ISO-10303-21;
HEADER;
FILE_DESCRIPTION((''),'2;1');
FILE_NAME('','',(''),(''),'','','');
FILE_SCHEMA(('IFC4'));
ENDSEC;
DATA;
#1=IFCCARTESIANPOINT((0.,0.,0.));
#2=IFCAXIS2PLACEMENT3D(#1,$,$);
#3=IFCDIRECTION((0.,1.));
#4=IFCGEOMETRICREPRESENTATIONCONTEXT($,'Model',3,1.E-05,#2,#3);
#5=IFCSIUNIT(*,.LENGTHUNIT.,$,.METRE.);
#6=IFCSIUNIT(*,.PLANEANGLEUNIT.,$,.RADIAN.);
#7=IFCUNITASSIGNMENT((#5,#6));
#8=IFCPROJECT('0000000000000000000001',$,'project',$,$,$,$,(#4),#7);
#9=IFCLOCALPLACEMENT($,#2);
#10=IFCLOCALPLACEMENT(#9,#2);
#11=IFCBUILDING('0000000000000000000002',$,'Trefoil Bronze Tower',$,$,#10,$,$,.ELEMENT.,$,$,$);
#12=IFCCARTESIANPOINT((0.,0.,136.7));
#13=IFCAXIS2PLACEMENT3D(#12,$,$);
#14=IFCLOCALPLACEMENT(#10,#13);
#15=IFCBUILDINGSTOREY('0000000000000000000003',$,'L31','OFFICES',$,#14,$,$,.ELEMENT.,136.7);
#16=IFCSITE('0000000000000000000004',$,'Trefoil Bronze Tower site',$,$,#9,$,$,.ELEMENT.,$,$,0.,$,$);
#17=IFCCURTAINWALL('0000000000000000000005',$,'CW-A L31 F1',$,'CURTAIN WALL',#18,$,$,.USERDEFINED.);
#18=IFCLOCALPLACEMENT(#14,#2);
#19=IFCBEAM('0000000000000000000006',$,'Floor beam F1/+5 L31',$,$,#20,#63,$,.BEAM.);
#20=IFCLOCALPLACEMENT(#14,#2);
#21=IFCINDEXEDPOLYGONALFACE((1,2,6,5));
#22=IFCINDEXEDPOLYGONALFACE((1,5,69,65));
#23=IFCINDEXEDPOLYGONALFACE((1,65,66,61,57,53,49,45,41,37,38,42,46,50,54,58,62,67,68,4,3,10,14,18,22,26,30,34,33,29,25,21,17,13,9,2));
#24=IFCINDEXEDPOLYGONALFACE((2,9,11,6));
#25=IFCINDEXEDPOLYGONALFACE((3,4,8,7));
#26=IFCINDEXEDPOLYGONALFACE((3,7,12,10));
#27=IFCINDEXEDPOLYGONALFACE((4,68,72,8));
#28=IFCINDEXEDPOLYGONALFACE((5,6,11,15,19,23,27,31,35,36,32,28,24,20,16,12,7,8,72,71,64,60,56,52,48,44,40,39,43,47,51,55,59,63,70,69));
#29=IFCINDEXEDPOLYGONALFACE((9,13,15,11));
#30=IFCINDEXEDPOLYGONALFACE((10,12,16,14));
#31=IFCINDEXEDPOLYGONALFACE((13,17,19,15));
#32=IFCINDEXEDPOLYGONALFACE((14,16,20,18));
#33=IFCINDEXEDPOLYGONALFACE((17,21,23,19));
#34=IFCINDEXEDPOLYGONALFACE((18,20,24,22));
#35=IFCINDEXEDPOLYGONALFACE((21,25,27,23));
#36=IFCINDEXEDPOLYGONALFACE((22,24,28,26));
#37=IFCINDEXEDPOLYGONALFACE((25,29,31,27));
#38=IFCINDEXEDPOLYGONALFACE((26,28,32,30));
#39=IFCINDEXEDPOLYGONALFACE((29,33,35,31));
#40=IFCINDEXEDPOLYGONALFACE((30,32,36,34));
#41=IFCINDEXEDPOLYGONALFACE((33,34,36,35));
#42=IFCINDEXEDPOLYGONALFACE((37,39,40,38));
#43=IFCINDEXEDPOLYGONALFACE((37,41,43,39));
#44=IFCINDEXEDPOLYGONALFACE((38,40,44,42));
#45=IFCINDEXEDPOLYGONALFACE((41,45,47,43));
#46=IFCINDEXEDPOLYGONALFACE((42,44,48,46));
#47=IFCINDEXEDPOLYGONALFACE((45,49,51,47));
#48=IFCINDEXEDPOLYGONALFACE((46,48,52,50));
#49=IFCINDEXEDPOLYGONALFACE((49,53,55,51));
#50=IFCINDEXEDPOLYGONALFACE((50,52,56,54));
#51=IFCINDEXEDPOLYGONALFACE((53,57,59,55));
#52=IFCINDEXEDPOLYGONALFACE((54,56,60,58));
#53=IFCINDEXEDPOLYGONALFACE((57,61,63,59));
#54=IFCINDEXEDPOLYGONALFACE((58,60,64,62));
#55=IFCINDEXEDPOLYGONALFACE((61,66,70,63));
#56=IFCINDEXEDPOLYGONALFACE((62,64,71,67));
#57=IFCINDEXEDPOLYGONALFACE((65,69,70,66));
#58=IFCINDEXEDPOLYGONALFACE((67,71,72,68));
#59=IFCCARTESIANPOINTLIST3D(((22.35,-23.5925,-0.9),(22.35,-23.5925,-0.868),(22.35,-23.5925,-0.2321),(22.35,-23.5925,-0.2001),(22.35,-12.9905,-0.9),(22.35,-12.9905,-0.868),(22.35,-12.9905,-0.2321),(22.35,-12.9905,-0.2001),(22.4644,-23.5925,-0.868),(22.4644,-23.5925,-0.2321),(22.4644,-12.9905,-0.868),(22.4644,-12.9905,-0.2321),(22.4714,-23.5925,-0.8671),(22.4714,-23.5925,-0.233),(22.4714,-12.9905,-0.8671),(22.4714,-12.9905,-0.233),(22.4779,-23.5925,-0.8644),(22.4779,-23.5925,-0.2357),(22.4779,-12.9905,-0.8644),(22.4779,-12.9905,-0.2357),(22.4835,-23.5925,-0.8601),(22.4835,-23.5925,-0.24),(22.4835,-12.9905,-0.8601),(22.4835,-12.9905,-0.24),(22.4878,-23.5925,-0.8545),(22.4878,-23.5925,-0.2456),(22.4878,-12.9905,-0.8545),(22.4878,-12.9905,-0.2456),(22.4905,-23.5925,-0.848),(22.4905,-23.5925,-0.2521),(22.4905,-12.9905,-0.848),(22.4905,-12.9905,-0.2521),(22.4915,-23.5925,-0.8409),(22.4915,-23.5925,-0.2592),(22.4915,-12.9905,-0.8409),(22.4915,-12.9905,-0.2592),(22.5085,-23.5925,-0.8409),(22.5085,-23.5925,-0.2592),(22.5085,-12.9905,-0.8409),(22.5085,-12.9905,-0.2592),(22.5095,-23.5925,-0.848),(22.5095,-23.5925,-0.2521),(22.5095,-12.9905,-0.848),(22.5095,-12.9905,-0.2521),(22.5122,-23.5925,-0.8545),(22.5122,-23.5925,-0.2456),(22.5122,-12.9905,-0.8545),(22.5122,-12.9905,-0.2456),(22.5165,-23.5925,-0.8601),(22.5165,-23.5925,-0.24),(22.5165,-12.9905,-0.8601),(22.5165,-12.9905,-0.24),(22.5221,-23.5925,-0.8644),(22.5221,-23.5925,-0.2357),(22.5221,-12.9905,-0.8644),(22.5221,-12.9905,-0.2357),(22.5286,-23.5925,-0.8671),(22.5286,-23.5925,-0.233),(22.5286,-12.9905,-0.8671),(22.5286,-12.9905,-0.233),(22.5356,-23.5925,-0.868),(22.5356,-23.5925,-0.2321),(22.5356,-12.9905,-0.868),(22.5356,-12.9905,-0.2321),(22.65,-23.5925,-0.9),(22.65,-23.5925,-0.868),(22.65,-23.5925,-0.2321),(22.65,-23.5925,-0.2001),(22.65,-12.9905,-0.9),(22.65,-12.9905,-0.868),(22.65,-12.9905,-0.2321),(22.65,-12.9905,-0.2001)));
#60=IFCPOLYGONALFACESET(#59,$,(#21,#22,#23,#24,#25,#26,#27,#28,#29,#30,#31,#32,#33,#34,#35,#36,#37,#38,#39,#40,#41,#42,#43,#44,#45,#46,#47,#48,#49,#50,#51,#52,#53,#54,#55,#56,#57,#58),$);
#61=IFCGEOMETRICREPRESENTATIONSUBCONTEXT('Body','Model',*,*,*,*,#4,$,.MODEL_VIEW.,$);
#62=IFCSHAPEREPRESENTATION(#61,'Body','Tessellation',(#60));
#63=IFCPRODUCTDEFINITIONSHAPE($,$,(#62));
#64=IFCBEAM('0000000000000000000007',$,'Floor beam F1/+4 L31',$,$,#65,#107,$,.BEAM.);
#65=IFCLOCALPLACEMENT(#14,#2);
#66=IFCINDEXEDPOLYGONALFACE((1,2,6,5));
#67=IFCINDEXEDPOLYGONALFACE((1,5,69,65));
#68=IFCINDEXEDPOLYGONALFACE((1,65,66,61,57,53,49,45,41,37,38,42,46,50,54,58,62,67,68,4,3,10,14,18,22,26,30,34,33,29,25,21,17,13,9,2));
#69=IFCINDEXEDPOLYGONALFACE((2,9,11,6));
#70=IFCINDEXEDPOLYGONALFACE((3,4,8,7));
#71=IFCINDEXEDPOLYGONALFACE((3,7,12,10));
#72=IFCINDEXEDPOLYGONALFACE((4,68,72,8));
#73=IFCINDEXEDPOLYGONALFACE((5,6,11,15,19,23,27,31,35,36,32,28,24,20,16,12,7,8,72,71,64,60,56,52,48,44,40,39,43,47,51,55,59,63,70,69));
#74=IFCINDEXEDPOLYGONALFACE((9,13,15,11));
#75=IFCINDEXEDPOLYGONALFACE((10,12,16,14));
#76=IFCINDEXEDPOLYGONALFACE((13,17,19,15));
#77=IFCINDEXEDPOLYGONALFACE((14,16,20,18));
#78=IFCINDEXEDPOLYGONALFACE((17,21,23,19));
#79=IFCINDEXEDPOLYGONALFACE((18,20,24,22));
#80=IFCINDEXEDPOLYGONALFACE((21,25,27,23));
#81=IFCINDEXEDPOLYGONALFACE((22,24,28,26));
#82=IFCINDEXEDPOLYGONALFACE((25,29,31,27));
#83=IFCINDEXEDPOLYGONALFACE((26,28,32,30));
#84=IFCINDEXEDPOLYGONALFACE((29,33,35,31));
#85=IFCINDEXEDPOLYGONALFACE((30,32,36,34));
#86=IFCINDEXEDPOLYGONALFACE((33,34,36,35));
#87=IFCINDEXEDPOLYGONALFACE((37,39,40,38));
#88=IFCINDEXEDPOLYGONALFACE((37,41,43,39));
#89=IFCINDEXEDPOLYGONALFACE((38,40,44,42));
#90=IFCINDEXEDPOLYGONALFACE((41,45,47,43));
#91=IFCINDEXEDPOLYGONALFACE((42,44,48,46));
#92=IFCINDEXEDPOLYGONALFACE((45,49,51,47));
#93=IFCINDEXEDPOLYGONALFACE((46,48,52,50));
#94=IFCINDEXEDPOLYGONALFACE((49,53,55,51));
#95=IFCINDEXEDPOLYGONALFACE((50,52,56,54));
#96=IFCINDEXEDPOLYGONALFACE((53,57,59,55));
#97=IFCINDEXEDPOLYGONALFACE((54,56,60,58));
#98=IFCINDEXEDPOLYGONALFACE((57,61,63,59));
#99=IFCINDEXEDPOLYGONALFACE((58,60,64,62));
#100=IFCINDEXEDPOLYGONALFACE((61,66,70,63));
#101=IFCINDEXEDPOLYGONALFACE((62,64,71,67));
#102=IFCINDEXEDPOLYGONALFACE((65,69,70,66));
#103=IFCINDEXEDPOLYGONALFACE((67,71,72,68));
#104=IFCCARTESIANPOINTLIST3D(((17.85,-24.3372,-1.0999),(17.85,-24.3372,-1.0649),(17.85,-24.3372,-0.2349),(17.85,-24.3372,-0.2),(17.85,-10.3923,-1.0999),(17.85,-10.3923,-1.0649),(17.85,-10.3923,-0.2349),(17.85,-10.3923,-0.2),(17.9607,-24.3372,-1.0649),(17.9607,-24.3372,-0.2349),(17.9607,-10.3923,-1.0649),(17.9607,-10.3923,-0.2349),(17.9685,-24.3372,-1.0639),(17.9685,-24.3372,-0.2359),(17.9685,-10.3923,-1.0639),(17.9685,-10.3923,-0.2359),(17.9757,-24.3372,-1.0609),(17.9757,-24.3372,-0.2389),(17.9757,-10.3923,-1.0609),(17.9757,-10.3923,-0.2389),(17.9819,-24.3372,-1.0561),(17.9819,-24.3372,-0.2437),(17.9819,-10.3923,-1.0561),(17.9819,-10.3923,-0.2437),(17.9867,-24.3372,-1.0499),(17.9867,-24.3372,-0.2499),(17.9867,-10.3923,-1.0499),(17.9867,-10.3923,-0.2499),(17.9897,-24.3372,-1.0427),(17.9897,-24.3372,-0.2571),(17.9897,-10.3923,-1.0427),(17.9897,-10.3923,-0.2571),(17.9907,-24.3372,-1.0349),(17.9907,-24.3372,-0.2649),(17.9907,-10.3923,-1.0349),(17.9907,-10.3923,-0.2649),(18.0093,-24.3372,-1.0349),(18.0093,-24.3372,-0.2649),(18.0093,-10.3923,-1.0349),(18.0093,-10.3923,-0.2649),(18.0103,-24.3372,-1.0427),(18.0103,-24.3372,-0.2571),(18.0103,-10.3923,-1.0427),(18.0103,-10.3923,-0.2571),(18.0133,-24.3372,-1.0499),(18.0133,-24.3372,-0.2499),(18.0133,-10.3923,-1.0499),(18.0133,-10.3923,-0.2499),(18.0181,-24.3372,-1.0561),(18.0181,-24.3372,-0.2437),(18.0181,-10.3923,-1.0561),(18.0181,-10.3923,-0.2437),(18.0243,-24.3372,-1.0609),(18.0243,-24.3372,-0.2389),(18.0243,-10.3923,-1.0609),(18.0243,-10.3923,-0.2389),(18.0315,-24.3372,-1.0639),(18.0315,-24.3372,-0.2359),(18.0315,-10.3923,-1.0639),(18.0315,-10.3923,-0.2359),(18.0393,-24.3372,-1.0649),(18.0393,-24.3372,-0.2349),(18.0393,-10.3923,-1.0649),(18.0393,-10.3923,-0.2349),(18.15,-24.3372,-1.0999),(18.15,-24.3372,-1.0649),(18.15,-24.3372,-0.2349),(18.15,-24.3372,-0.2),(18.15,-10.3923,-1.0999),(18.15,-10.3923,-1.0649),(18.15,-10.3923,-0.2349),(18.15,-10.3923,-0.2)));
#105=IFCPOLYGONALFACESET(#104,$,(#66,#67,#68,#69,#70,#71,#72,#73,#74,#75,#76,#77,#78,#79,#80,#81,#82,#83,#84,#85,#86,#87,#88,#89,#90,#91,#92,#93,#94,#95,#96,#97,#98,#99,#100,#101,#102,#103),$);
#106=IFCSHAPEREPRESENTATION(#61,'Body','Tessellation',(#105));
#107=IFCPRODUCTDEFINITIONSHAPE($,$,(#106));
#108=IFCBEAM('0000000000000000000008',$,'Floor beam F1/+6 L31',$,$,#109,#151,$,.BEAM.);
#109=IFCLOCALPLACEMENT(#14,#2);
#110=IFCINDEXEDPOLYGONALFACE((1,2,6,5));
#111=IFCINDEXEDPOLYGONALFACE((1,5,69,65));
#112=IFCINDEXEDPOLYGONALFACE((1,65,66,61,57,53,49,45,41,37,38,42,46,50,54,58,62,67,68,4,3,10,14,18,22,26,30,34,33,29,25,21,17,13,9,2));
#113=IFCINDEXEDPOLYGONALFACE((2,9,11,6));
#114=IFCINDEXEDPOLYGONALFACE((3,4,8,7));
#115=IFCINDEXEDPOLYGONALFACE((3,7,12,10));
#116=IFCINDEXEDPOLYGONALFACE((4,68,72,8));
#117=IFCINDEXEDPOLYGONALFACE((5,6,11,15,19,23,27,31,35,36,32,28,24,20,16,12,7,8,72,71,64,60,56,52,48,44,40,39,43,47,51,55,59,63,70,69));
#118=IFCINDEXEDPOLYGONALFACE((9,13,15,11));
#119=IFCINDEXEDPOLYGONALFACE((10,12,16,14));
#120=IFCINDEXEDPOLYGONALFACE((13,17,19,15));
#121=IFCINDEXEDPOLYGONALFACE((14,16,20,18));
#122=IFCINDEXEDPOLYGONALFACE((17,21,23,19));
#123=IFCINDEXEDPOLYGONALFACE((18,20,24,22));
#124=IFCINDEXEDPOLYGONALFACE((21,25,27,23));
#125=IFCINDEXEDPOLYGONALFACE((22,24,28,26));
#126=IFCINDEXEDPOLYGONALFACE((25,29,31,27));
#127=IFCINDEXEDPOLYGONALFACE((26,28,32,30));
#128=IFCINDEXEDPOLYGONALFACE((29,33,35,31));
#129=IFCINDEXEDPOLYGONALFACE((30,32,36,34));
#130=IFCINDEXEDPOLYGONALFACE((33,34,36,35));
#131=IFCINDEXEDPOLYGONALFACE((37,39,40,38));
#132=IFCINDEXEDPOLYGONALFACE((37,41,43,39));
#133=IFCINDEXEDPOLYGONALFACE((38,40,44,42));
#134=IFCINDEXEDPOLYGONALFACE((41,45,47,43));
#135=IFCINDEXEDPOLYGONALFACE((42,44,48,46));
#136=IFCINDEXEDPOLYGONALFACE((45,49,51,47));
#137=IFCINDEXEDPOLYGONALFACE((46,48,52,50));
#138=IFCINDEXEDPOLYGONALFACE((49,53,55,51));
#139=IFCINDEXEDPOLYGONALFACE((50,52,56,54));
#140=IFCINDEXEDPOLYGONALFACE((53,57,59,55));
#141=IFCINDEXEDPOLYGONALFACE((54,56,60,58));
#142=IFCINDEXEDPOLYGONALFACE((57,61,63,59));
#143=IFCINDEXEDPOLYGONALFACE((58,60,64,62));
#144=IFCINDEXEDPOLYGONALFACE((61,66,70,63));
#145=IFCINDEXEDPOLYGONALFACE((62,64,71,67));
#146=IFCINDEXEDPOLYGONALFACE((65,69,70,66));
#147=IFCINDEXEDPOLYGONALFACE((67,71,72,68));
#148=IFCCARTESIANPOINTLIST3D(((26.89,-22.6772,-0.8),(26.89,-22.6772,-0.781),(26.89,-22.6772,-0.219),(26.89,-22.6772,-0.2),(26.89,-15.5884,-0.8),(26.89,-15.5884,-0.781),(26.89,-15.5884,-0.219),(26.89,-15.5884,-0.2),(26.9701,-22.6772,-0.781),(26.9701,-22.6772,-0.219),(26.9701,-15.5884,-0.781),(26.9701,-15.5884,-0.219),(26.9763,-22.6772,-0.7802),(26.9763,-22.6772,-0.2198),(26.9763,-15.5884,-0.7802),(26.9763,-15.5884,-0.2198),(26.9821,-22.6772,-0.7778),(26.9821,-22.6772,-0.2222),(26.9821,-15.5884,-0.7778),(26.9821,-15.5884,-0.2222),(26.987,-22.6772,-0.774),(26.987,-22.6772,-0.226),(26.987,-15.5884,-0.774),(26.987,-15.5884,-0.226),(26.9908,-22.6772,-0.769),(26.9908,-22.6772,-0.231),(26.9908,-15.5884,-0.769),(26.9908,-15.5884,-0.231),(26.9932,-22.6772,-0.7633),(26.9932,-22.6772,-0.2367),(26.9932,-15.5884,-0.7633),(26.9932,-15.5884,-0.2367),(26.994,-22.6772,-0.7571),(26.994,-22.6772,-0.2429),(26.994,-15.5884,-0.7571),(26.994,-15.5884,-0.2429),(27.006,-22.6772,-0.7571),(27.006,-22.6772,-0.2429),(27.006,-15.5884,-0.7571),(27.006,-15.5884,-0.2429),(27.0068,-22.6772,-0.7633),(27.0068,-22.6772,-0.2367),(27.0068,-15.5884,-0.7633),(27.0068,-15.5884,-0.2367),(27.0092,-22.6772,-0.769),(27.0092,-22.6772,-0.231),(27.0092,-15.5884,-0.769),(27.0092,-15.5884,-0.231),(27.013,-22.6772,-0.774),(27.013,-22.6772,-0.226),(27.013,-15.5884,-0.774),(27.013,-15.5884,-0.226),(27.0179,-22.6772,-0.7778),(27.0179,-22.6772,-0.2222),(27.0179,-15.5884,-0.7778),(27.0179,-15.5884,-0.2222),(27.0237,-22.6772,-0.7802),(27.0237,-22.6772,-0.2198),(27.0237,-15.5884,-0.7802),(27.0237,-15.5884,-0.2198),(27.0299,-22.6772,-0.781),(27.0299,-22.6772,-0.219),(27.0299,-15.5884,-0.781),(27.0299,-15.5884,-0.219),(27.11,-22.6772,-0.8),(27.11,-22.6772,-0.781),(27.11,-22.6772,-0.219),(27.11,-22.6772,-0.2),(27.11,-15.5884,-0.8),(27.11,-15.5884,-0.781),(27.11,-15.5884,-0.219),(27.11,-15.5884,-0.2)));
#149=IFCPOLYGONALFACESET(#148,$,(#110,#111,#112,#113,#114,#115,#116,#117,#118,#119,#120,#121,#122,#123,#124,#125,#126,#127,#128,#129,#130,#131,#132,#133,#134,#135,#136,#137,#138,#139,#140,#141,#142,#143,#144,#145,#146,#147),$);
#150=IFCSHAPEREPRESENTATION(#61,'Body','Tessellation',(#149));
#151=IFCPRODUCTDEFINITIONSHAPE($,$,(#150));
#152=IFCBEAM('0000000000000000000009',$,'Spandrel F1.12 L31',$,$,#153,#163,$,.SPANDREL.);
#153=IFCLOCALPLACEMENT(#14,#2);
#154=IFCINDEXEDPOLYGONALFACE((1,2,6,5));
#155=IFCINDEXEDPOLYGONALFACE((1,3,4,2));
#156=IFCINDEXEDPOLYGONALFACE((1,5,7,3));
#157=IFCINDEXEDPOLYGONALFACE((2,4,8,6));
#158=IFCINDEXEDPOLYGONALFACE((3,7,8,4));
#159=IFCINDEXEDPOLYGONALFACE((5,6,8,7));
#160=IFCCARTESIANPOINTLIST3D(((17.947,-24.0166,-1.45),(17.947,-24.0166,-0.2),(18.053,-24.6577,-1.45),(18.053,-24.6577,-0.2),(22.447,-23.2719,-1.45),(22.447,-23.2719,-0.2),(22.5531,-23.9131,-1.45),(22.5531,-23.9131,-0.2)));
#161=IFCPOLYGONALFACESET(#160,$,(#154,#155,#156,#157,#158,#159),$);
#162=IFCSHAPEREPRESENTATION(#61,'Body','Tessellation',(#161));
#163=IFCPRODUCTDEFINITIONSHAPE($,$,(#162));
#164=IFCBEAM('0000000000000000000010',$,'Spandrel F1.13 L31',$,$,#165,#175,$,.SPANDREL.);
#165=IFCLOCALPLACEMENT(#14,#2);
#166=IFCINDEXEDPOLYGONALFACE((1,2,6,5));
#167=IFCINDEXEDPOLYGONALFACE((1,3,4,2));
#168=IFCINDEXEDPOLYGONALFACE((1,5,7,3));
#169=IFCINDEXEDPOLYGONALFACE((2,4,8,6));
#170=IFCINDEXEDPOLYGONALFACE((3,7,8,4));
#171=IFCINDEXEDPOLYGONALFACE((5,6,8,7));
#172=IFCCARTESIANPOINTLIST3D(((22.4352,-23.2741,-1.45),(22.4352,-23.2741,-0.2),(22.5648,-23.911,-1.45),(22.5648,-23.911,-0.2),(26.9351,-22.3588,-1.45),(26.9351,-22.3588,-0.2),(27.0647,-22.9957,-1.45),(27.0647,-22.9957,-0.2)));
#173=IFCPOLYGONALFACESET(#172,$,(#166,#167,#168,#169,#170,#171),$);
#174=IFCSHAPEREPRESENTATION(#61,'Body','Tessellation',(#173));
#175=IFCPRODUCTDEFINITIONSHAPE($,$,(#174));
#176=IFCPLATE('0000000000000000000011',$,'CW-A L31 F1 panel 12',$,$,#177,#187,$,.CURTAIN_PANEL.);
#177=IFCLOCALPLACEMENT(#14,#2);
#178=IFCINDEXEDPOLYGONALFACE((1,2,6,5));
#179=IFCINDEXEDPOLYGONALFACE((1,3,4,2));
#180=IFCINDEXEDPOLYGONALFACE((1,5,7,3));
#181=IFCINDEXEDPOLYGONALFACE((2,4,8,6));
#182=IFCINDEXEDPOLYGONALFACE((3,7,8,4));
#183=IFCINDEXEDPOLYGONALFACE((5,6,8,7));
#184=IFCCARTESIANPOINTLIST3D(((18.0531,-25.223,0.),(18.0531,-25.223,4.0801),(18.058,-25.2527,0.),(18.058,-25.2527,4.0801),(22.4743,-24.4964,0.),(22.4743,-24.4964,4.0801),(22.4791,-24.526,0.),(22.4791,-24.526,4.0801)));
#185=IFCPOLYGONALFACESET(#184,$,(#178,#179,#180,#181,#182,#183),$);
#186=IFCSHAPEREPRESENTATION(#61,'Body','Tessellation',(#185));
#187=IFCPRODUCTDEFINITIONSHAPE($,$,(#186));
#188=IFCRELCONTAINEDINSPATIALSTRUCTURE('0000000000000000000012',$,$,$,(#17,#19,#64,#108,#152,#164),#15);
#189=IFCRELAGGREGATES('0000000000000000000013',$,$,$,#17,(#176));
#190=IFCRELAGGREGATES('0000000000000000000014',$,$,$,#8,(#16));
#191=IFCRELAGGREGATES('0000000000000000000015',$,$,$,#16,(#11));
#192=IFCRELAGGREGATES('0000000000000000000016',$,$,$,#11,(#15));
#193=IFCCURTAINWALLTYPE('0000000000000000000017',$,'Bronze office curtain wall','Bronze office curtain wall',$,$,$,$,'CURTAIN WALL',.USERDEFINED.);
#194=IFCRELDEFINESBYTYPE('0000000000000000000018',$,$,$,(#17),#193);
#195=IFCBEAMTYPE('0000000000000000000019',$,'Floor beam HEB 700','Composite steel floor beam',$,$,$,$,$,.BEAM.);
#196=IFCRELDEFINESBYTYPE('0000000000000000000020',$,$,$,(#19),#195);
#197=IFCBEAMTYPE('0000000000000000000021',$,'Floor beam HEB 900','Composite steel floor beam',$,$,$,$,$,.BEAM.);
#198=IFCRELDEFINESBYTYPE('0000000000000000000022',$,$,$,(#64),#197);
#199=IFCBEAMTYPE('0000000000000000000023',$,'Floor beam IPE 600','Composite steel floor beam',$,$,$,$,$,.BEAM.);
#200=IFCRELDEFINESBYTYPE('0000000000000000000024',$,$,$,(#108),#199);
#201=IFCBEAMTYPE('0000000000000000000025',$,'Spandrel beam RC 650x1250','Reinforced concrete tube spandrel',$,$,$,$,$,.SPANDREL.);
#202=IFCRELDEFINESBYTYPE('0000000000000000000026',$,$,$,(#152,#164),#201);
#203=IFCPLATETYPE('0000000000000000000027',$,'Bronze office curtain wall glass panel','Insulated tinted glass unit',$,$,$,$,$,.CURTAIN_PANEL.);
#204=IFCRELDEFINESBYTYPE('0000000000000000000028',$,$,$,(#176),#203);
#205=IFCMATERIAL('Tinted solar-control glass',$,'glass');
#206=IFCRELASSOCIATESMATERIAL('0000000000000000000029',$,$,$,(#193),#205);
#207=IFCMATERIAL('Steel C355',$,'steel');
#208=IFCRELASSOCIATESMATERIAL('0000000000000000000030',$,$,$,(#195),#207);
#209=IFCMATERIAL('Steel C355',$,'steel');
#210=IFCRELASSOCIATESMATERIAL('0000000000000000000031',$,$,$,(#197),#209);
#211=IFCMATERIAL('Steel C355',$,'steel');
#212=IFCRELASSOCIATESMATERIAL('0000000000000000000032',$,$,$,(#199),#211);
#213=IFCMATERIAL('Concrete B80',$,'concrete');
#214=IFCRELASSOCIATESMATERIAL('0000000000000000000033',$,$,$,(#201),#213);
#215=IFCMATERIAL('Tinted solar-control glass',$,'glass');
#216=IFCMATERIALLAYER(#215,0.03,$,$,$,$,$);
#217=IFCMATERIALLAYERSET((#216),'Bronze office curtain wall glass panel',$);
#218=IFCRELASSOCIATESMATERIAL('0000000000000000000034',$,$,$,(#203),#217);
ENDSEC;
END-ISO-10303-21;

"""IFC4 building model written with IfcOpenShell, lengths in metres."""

from ifc_helpers import new_model, si_unit, direction, frame, origin, origin_2d, place, context, subcontext, project, spatial, rectangle, i_section, extrude, material, layer, layer_set, material_profile, profile_set, type_object, element, aggregate, save


model = new_model("IFC4")

# Units and contexts
model_context = context("Model", 3, precision=1e-05, world=origin(), true_north=direction((0.0, 1.0)))
body_context = subcontext(model_context, "Body", "Model", "MODEL_VIEW")
ifc_project = project(units=[si_unit("LENGTHUNIT", "METRE"), si_unit("PLANEANGLEUNIT", "RADIAN")], contexts=[model_context])

# Site, building, storey
site_placement = place(None, origin())
site = spatial("IfcSite", under=ifc_project, at=site_placement, Name="Trefoil Bronze Tower site", CompositionType="ELEMENT", RefElevation=0.0)
building_placement = place(site_placement, origin())
building = spatial("IfcBuilding", under=site, at=building_placement, Name="Trefoil Bronze Tower", CompositionType="ELEMENT")
storey_placement = place(building_placement, frame((0.0, 0.0, 136.7)))
storey = spatial("IfcBuildingStorey", under=building, at=storey_placement, Name="L31", Description="OFFICES", CompositionType="ELEMENT", Elevation=136.7)

# Curtain wall
ifc_material_1 = material(Name="Tinted solar-control glass", Category="glass")
curtain_wall_type_1 = type_object("IfcCurtainWallType", Name="Bronze office curtain wall", Description="Bronze office curtain wall", ElementType="CURTAIN WALL", PredefinedType="USERDEFINED", material=ifc_material_1)
curtain_wall_1_placement = place(storey_placement, origin())
curtain_wall_1 = element("IfcCurtainWall", 1, at=curtain_wall_1_placement, inside=storey, type_object=curtain_wall_type_1, Name="CW-A L31 F1", ObjectType="CURTAIN WALL", PredefinedType="USERDEFINED")

# Beams
ifc_material_2 = material(Name="Steel C355", Category="steel")
ifc_material_profile_1 = material_profile(ifc_material_2, i_section(OverallWidth=0.3, OverallDepth=0.7, WebThickness=0.0171, FlangeThickness=0.032, FilletRadius=0.0271, at=origin_2d()), Name="HEB 700")
ifc_profile_set_1 = profile_set([ifc_material_profile_1], Name="Steel C355")
beam_type_1 = type_object("IfcBeamType", Name="Floor beam HEB 700", Description="Composite steel floor beam", PredefinedType="BEAM", material=ifc_profile_set_1)
beam_1_placement = place(storey_placement, frame((22.5, -23.5925, -0.55), z_axis=(0.0, 1.0, 0.0), x_axis=(-1.0, 0.0, 0.0)))
element("IfcBeam", 2, at=beam_1_placement, inside=storey, type_object=beam_type_1, Name="Floor beam F1/+5 L31", PredefinedType="BEAM", context=body_context, shape_type="SweptSolid", body=[
    extrude(i_section(OverallWidth=0.3, OverallDepth=0.7, WebThickness=0.0171, FlangeThickness=0.032, FilletRadius=0.0271, at=origin_2d()), origin(), (0.0, 0.0, 1.0), 10.6021),
])
ifc_material_3 = material(Name="Steel C355", Category="steel")
ifc_material_profile_2 = material_profile(ifc_material_3, i_section(OverallWidth=0.3, OverallDepth=0.8999, WebThickness=0.0186, FlangeThickness=0.0349, FilletRadius=0.03, at=origin_2d()), Name="HEB 900")
ifc_profile_set_2 = profile_set([ifc_material_profile_2], Name="Steel C355")
beam_type_2 = type_object("IfcBeamType", Name="Floor beam HEB 900", Description="Composite steel floor beam", PredefinedType="BEAM", material=ifc_profile_set_2)
beam_2_placement = place(storey_placement, frame((18.0, -24.3372, -0.6499), z_axis=(0.0, 1.0, 0.0), x_axis=(-1.0, 0.0, 0.0)))
element("IfcBeam", 3, at=beam_2_placement, inside=storey, type_object=beam_type_2, Name="Floor beam F1/+4 L31", PredefinedType="BEAM", context=body_context, shape_type="SweptSolid", body=[
    extrude(i_section(OverallWidth=0.3, OverallDepth=0.8999, WebThickness=0.0186, FlangeThickness=0.0349, FilletRadius=0.03, at=origin_2d()), origin(), (0.0, 0.0, 1.0), 13.9448),
])
ifc_material_4 = material(Name="Steel C355", Category="steel")
ifc_material_profile_3 = material_profile(ifc_material_4, i_section(OverallWidth=0.22, OverallDepth=0.6001, WebThickness=0.012, FlangeThickness=0.019, FilletRadius=0.0239, at=origin_2d()), Name="IPE 600")
ifc_profile_set_3 = profile_set([ifc_material_profile_3], Name="Steel C355")
beam_type_3 = type_object("IfcBeamType", Name="Floor beam IPE 600", Description="Composite steel floor beam", PredefinedType="BEAM", material=ifc_profile_set_3)
beam_3_placement = place(storey_placement, frame((27.0, -22.6772, -0.5), z_axis=(0.0, 1.0, 0.0), x_axis=(-1.0, 0.0, 0.0)))
element("IfcBeam", 4, at=beam_3_placement, inside=storey, type_object=beam_type_3, Name="Floor beam F1/+6 L31", PredefinedType="BEAM", context=body_context, shape_type="SweptSolid", body=[
    extrude(i_section(OverallWidth=0.22, OverallDepth=0.6001, WebThickness=0.012, FlangeThickness=0.019, FilletRadius=0.0239, at=origin_2d()), origin(), (0.0, 0.0, 1.0), 7.0889),
])
ifc_material_5 = material(Name="Concrete B80", Category="concrete")
ifc_material_profile_4 = material_profile(ifc_material_5, rectangle(XDim=0.6499, YDim=1.25, at=origin_2d()), Name="RC 650x1250")
ifc_profile_set_4 = profile_set([ifc_material_profile_4], Name="Concrete B80")
beam_type_4 = type_object("IfcBeamType", Name="Spandrel beam RC 650x1250", Description="Reinforced concrete tube spandrel", PredefinedType="SPANDREL", material=ifc_profile_set_4)
beam_4_placement = place(storey_placement, frame((18.0, -24.3372, -0.825), z_axis=(0.986584, 0.163253, 0.0), x_axis=(-0.163253, 0.986584, 0.0)))
element("IfcBeam", 5, at=beam_4_placement, inside=storey, type_object=beam_type_4, Name="Spandrel F1.12 L31", PredefinedType="SPANDREL", context=body_context, shape_type="SweptSolid", body=[
    extrude(rectangle(XDim=0.6499, YDim=1.25, at=origin_2d()), origin(), (0.0, 0.0, 1.0), 4.5613),
])
beam_5_placement = place(storey_placement, frame((22.5, -23.5925, -0.825), z_axis=(0.979935, 0.199315, 0.0), x_axis=(-0.199315, 0.979935, 0.0)))
element("IfcBeam", 6, at=beam_5_placement, inside=storey, type_object=beam_type_4, Name="Spandrel F1.13 L31", PredefinedType="SPANDREL", context=body_context, shape_type="SweptSolid", body=[
    extrude(rectangle(XDim=0.6499, YDim=1.25, at=origin_2d()), origin(), (0.0, 0.0, 1.0), 4.592),
])

# Plate
ifc_material_6 = material(Name="Tinted solar-control glass", Category="glass")
ifc_layer_1 = layer(ifc_material_6, 0.03)
ifc_layer_set_1 = layer_set([ifc_layer_1], Name="Bronze office curtain wall glass panel")
plate_type_1 = type_object("IfcPlateType", Name="Bronze office curtain wall glass panel", Description="Insulated tinted glass unit", PredefinedType="CURTAIN_PANEL", material=ifc_layer_set_1)
plate_1_placement = place(storey_placement, frame((20.2661, -24.8745, 0.0), z_axis=(0.0, 0.0, 1.0), x_axis=(0.98676, 0.162189, 0.0)))
plate_1 = element("IfcPlate", 7, at=plate_1_placement, type_object=plate_type_1, Name="CW-A L31 F1 panel 12", PredefinedType="CURTAIN_PANEL", context=body_context, shape_type="SweptSolid", body=[
    extrude(rectangle(XDim=4.4805, YDim=0.03, at=origin_2d()), origin(), (0.0, 0.0, 1.0), 4.0801),
])
aggregate(curtain_wall_1, [plate_1])

save(model, "model.ifc")
